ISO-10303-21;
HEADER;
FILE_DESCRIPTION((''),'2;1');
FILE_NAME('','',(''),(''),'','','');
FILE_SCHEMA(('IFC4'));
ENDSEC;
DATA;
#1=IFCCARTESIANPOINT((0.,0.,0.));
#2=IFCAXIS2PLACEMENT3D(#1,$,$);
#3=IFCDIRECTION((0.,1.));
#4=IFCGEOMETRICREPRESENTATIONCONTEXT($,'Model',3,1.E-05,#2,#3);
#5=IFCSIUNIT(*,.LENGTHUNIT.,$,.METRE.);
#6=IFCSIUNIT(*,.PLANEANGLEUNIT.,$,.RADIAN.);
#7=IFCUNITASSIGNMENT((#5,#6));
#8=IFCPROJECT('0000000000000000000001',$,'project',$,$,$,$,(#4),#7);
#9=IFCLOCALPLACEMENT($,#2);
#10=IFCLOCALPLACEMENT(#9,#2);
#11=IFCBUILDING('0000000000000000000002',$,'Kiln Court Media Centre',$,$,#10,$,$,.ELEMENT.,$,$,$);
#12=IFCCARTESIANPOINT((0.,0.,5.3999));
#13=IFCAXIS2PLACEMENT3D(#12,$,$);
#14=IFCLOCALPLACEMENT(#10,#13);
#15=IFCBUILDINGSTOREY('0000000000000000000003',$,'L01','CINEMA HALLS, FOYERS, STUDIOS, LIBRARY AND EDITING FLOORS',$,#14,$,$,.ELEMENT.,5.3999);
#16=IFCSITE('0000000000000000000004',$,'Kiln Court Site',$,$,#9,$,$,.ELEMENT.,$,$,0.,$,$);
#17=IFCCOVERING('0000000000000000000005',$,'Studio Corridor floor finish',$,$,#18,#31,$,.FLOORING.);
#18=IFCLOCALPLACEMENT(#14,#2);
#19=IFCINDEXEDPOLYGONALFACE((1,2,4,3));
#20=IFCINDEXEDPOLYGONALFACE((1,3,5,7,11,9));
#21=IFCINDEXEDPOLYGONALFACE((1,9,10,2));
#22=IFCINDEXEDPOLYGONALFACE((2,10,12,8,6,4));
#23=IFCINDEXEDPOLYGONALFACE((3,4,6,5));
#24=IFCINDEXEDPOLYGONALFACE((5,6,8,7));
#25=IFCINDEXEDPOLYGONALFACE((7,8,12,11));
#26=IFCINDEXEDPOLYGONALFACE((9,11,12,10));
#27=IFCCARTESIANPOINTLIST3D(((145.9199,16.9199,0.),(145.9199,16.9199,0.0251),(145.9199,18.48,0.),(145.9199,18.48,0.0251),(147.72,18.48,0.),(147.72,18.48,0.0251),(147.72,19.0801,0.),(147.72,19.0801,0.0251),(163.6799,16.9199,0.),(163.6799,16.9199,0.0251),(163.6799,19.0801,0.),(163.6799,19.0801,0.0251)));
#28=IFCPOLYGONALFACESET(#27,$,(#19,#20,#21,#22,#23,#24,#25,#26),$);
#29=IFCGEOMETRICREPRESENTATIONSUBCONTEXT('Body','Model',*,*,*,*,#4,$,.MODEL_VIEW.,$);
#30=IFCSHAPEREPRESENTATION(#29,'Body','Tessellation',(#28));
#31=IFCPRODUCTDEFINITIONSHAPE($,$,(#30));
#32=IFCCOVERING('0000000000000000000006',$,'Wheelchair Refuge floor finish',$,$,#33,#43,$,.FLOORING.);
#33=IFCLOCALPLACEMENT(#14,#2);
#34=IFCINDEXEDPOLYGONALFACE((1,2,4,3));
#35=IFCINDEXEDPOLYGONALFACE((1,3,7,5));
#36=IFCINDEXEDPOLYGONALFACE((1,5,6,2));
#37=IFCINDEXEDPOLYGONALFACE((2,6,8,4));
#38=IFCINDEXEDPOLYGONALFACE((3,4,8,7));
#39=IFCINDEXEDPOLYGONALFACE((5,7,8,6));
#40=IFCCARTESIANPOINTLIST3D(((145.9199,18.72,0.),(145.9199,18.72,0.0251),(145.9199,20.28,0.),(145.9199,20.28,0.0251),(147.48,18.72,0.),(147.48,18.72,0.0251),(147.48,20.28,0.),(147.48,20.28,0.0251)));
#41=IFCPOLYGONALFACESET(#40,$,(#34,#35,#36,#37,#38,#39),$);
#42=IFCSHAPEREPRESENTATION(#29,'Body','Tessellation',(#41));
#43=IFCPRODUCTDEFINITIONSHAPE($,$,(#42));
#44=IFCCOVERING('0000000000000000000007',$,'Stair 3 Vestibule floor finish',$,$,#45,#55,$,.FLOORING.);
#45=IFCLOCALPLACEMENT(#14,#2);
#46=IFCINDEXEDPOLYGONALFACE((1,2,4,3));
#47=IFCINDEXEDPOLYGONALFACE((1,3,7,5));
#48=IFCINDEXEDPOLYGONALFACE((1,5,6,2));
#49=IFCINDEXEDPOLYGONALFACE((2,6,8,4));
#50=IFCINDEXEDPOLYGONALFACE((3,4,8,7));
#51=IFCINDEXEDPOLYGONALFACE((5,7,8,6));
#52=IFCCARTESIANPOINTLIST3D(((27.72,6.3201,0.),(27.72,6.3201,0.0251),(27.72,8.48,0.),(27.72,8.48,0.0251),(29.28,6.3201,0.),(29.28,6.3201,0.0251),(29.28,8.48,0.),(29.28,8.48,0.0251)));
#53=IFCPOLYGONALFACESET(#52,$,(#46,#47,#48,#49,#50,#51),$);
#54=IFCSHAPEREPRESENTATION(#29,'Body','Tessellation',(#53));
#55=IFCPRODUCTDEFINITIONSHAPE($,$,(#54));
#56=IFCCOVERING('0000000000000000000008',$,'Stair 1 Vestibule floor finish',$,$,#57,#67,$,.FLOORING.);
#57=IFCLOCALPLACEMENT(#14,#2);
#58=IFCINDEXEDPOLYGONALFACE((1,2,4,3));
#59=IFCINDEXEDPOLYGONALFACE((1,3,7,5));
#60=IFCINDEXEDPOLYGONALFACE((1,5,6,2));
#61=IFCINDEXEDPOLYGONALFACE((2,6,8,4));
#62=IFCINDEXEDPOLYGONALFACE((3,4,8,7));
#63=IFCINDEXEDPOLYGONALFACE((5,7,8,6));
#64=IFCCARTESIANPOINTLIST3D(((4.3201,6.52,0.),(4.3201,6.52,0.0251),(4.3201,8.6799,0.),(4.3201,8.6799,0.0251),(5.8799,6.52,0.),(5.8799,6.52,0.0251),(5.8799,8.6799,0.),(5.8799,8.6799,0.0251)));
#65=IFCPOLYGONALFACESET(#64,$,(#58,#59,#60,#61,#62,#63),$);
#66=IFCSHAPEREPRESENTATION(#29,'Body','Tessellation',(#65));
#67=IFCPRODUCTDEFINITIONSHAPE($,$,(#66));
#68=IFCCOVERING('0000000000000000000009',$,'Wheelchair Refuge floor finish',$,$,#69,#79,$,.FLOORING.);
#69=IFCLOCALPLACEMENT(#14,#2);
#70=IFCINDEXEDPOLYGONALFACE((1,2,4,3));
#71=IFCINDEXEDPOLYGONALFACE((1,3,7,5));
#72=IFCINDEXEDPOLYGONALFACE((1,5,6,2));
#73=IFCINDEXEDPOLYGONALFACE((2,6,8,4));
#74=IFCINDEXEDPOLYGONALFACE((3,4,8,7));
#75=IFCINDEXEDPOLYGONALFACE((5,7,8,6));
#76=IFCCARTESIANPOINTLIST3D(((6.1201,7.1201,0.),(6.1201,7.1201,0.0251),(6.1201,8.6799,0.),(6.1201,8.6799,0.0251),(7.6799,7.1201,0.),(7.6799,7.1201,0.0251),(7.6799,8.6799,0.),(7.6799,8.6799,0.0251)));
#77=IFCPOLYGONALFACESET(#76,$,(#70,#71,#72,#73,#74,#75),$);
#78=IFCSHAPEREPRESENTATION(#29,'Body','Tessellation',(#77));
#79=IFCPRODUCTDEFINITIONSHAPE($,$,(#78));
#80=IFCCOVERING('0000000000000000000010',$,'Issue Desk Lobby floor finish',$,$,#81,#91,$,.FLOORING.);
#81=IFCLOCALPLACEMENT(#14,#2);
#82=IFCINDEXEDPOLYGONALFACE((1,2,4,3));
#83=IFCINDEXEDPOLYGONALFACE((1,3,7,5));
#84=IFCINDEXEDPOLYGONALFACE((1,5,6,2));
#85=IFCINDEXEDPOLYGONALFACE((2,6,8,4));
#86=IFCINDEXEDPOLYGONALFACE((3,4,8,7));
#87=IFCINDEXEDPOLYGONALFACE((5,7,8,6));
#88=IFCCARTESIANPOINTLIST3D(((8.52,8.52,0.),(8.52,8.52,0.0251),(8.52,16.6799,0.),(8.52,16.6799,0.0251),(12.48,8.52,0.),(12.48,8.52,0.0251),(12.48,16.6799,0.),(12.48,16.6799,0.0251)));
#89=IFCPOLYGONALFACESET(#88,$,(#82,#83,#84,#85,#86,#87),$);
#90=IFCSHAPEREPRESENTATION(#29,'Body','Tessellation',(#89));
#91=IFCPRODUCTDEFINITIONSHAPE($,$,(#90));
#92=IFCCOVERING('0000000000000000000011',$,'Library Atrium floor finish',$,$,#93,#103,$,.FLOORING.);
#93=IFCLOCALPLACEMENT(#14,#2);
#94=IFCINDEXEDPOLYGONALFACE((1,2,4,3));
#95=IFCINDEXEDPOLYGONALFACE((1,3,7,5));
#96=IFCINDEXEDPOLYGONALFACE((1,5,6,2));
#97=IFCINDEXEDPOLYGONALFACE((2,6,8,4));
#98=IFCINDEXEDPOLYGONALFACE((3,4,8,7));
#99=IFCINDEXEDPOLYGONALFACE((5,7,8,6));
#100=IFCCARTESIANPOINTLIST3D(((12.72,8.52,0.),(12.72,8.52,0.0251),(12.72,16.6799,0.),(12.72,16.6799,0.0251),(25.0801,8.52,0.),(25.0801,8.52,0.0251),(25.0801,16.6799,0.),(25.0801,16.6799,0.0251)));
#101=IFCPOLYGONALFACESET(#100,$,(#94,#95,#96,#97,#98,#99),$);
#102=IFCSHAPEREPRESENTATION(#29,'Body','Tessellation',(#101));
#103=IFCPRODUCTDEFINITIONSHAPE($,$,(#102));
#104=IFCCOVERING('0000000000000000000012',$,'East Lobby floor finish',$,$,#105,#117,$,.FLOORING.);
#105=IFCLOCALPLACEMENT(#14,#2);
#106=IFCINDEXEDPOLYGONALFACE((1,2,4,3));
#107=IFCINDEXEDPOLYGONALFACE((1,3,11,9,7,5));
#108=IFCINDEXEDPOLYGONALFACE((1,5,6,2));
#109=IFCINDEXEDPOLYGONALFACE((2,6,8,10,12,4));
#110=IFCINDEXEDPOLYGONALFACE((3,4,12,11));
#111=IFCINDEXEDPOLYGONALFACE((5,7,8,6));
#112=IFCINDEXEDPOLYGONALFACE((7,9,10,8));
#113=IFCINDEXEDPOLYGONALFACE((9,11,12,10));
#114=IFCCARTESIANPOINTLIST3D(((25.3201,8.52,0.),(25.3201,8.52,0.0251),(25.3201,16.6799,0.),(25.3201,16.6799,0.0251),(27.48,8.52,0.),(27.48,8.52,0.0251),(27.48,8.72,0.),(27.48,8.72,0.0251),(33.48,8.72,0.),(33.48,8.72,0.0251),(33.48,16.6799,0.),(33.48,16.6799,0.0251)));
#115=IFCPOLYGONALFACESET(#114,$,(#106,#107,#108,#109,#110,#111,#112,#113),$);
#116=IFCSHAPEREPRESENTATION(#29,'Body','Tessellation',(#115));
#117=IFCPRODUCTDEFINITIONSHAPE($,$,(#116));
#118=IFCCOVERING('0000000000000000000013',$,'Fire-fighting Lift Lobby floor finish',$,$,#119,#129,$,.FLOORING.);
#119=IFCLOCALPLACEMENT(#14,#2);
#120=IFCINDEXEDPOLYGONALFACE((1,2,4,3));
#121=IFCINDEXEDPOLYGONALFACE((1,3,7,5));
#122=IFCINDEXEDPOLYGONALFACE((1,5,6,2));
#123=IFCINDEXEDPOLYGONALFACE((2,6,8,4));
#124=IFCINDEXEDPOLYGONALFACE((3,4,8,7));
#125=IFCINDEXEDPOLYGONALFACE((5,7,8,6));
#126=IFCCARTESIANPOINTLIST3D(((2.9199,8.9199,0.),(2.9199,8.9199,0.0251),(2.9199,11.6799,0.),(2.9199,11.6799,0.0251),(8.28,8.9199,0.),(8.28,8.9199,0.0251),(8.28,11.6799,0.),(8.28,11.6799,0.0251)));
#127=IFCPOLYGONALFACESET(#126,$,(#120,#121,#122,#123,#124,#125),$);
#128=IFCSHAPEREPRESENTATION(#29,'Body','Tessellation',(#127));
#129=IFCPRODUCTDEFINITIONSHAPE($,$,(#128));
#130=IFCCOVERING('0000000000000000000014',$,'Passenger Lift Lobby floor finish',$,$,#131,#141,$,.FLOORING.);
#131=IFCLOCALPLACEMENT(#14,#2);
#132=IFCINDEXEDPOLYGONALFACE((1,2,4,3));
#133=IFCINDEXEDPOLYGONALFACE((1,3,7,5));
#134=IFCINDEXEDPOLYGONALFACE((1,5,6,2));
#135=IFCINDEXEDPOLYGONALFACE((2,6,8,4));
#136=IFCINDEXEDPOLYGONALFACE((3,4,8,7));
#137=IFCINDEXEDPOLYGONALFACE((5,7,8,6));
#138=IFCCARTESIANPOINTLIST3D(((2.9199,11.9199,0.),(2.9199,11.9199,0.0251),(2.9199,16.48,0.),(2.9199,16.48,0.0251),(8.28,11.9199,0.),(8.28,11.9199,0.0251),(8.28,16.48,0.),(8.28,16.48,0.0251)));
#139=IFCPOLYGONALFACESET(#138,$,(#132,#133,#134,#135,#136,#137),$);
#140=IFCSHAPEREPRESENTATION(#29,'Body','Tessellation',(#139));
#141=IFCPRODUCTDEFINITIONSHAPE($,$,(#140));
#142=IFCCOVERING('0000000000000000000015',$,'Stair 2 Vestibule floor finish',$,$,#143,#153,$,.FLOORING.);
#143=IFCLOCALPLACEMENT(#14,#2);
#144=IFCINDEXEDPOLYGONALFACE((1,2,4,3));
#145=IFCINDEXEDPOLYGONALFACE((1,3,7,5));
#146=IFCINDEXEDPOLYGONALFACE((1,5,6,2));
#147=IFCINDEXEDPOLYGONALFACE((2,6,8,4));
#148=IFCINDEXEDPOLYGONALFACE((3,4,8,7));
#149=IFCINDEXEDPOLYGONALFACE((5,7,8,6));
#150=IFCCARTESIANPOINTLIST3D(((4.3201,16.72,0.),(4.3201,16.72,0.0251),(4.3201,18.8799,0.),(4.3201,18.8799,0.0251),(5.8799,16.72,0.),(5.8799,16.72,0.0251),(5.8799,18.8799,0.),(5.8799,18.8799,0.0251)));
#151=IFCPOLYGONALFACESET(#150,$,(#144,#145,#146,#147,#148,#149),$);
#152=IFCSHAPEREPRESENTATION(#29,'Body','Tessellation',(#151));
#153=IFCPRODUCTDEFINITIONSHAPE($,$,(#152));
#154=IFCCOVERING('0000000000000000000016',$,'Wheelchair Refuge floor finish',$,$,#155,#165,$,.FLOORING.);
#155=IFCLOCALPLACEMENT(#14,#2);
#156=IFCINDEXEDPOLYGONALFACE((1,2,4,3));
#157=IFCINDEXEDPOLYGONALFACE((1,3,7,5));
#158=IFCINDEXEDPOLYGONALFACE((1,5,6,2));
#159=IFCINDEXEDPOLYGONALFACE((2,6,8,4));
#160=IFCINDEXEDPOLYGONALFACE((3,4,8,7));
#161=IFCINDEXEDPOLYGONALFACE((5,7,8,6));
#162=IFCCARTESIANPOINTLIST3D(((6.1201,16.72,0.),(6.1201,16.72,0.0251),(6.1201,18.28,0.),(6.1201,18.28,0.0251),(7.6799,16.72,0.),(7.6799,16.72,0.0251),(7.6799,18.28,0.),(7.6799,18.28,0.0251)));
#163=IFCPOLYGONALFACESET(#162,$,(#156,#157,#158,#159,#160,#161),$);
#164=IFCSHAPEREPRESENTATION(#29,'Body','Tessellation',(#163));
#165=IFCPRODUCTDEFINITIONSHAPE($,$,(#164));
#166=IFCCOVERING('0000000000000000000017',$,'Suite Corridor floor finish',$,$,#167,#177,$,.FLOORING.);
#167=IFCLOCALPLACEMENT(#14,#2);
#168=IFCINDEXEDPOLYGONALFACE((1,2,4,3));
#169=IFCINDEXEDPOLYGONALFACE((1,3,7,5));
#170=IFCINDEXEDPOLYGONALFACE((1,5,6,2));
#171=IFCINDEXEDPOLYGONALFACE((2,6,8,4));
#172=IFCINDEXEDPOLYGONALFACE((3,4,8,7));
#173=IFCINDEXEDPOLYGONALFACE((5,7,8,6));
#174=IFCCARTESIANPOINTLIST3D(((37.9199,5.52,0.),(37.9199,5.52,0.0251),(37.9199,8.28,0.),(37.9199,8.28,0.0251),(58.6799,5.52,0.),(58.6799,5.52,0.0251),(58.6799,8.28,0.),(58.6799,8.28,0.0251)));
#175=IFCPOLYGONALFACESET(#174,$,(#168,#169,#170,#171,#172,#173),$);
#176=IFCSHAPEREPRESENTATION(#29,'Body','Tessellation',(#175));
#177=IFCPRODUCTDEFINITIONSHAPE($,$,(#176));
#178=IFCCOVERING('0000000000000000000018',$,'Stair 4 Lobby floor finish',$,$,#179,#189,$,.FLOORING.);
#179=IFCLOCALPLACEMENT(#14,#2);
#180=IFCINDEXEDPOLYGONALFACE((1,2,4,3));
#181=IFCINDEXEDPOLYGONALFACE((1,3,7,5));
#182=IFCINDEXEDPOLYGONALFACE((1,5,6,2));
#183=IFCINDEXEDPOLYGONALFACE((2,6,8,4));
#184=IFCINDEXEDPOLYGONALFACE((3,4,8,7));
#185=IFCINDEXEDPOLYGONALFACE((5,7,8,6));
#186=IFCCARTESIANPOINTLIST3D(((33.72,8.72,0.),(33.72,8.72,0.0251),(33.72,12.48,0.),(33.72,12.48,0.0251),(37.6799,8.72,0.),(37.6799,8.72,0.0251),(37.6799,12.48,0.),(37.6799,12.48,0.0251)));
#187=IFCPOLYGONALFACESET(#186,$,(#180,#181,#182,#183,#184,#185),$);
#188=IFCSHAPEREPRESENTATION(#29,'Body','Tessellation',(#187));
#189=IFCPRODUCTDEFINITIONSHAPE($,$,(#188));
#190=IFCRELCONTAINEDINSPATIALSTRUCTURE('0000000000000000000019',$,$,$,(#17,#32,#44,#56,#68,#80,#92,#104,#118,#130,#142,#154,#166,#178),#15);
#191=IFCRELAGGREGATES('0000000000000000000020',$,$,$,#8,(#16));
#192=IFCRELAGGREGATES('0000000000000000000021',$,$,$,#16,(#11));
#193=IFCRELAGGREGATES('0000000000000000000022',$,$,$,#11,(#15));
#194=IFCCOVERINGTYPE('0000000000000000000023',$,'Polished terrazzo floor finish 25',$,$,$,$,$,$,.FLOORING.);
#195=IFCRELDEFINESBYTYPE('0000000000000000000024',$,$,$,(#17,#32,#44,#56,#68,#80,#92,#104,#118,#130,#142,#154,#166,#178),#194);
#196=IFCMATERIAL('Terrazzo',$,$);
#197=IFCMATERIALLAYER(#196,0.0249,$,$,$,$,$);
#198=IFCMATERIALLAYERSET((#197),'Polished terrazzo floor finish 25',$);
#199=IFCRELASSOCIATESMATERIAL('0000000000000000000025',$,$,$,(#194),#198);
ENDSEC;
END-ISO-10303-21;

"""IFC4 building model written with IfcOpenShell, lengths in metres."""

from ifc_helpers import new_model, si_unit, direction, frame, origin, place, context, subcontext, project, spatial, polyline, outline, extrude, material, layer, layer_set, type_object, element, save


model = new_model("IFC4")

# Units and contexts
model_context = context("Model", 3, precision=1e-05, world=origin(), true_north=direction((0.0, 1.0)))
body_context = subcontext(model_context, "Body", "Model", "MODEL_VIEW")
ifc_project = project(units=[si_unit("LENGTHUNIT", "METRE"), si_unit("PLANEANGLEUNIT", "RADIAN")], contexts=[model_context])

# Site, building, storey
site_placement = place(None, origin())
site = spatial("IfcSite", under=ifc_project, at=site_placement, Name="Kiln Court Site", CompositionType="ELEMENT", RefElevation=0.0)
building_placement = place(site_placement, origin())
building = spatial("IfcBuilding", under=site, at=building_placement, Name="Kiln Court Media Centre", CompositionType="ELEMENT")
storey_placement = place(building_placement, frame((0.0, 0.0, 5.3999)))
storey = spatial("IfcBuildingStorey", under=building, at=storey_placement, Name="L01", Description="CINEMA HALLS, FOYERS, STUDIOS, LIBRARY AND EDITING FLOORS", CompositionType="ELEMENT", Elevation=5.3999)

# Coverings
ifc_material = material(Name="Terrazzo")
ifc_layer = layer(ifc_material, 0.0249)
ifc_layer_set = layer_set([ifc_layer], Name="Polished terrazzo floor finish 25")
covering_type = type_object("IfcCoveringType", Name="Polished terrazzo floor finish 25", PredefinedType="FLOORING", material=ifc_layer_set)
covering_1_placement = place(storey_placement, origin())
element("IfcCovering", 1, at=covering_1_placement, inside=storey, type_object=covering_type, Name="Studio Corridor floor finish", PredefinedType="FLOORING", context=body_context, shape_type="SweptSolid", body=[
    extrude(outline(polyline([(163.6799, 19.0801), (147.72, 19.0801), (147.72, 18.48), (145.9199, 18.48), (145.9199, 16.9199), (163.6799, 16.9199), (163.6799, 19.0801)])), origin(), (0.0, 0.0, 1.0), 0.0251),
])
covering_2_placement = place(storey_placement, origin())
element("IfcCovering", 2, at=covering_2_placement, inside=storey, type_object=covering_type, Name="Wheelchair Refuge floor finish", PredefinedType="FLOORING", context=body_context, shape_type="SweptSolid", body=[
    extrude(outline(polyline([(145.9199, 18.72), (147.48, 18.72), (147.48, 20.28), (145.9199, 20.28), (145.9199, 18.72)])), origin(), (0.0, 0.0, 1.0), 0.0251),
])
covering_3_placement = place(storey_placement, origin())
element("IfcCovering", 3, at=covering_3_placement, inside=storey, type_object=covering_type, Name="Stair 3 Vestibule floor finish", PredefinedType="FLOORING", context=body_context, shape_type="SweptSolid", body=[
    extrude(outline(polyline([(27.72, 6.3201), (29.28, 6.3201), (29.28, 8.48), (27.72, 8.48), (27.72, 6.3201)])), origin(), (0.0, 0.0, 1.0), 0.0251),
])
covering_4_placement = place(storey_placement, origin())
element("IfcCovering", 4, at=covering_4_placement, inside=storey, type_object=covering_type, Name="Stair 1 Vestibule floor finish", PredefinedType="FLOORING", context=body_context, shape_type="SweptSolid", body=[
    extrude(outline(polyline([(4.3201, 6.52), (5.8799, 6.52), (5.8799, 8.6799), (4.3201, 8.6799), (4.3201, 6.52)])), origin(), (0.0, 0.0, 1.0), 0.0251),
])
covering_5_placement = place(storey_placement, origin())
element("IfcCovering", 5, at=covering_5_placement, inside=storey, type_object=covering_type, Name="Wheelchair Refuge floor finish", PredefinedType="FLOORING", context=body_context, shape_type="SweptSolid", body=[
    extrude(outline(polyline([(6.1201, 7.1201), (7.6799, 7.1201), (7.6799, 8.6799), (6.1201, 8.6799), (6.1201, 7.1201)])), origin(), (0.0, 0.0, 1.0), 0.0251),
])
covering_6_placement = place(storey_placement, origin())
element("IfcCovering", 6, at=covering_6_placement, inside=storey, type_object=covering_type, Name="Issue Desk Lobby floor finish", PredefinedType="FLOORING", context=body_context, shape_type="SweptSolid", body=[
    extrude(outline(polyline([(8.52, 8.52), (12.48, 8.52), (12.48, 16.6799), (8.52, 16.6799), (8.52, 8.52)])), origin(), (0.0, 0.0, 1.0), 0.0251),
])
covering_7_placement = place(storey_placement, origin())
element("IfcCovering", 7, at=covering_7_placement, inside=storey, type_object=covering_type, Name="Library Atrium floor finish", PredefinedType="FLOORING", context=body_context, shape_type="SweptSolid", body=[
    extrude(outline(polyline([(12.72, 8.52), (25.0801, 8.52), (25.0801, 16.6799), (12.72, 16.6799), (12.72, 8.52)])), origin(), (0.0, 0.0, 1.0), 0.0251),
])
covering_8_placement = place(storey_placement, origin())
element("IfcCovering", 8, at=covering_8_placement, inside=storey, type_object=covering_type, Name="East Lobby floor finish", PredefinedType="FLOORING", context=body_context, shape_type="SweptSolid", body=[
    extrude(outline(polyline([(25.3201, 8.52), (27.48, 8.52), (27.48, 8.72), (33.48, 8.72), (33.48, 16.6799), (25.3201, 16.6799), (25.3201, 8.52)])), origin(), (0.0, 0.0, 1.0), 0.0251),
])
covering_9_placement = place(storey_placement, origin())
element("IfcCovering", 9, at=covering_9_placement, inside=storey, type_object=covering_type, Name="Fire-fighting Lift Lobby floor finish", PredefinedType="FLOORING", context=body_context, shape_type="SweptSolid", body=[
    extrude(outline(polyline([(2.9199, 8.9199), (8.28, 8.9199), (8.28, 11.6799), (2.9199, 11.6799), (2.9199, 8.9199)])), origin(), (0.0, 0.0, 1.0), 0.0251),
])
covering_10_placement = place(storey_placement, origin())
element("IfcCovering", 10, at=covering_10_placement, inside=storey, type_object=covering_type, Name="Passenger Lift Lobby floor finish", PredefinedType="FLOORING", context=body_context, shape_type="SweptSolid", body=[
    extrude(outline(polyline([(2.9199, 11.9199), (8.28, 11.9199), (8.28, 16.48), (2.9199, 16.48), (2.9199, 11.9199)])), origin(), (0.0, 0.0, 1.0), 0.0251),
])
covering_11_placement = place(storey_placement, origin())
element("IfcCovering", 11, at=covering_11_placement, inside=storey, type_object=covering_type, Name="Stair 2 Vestibule floor finish", PredefinedType="FLOORING", context=body_context, shape_type="SweptSolid", body=[
    extrude(outline(polyline([(4.3201, 16.72), (5.8799, 16.72), (5.8799, 18.8799), (4.3201, 18.8799), (4.3201, 16.72)])), origin(), (0.0, 0.0, 1.0), 0.0251),
])
covering_12_placement = place(storey_placement, origin())
element("IfcCovering", 12, at=covering_12_placement, inside=storey, type_object=covering_type, Name="Wheelchair Refuge floor finish", PredefinedType="FLOORING", context=body_context, shape_type="SweptSolid", body=[
    extrude(outline(polyline([(6.1201, 16.72), (7.6799, 16.72), (7.6799, 18.28), (6.1201, 18.28), (6.1201, 16.72)])), origin(), (0.0, 0.0, 1.0), 0.0251),
])
covering_13_placement = place(storey_placement, origin())
element("IfcCovering", 13, at=covering_13_placement, inside=storey, type_object=covering_type, Name="Suite Corridor floor finish", PredefinedType="FLOORING", context=body_context, shape_type="SweptSolid", body=[
    extrude(outline(polyline([(37.9199, 5.52), (58.6799, 5.52), (58.6799, 8.28), (37.9199, 8.28), (37.9199, 5.52)])), origin(), (0.0, 0.0, 1.0), 0.0251),
])
covering_14_placement = place(storey_placement, origin())
element("IfcCovering", 14, at=covering_14_placement, inside=storey, type_object=covering_type, Name="Stair 4 Lobby floor finish", PredefinedType="FLOORING", context=body_context, shape_type="SweptSolid", body=[
    extrude(outline(polyline([(33.72, 12.48), (33.72, 8.72), (37.6799, 8.72), (37.6799, 12.48), (33.72, 12.48)])), origin(), (0.0, 0.0, 1.0), 0.0251),
])

save(model, "model.ifc")
